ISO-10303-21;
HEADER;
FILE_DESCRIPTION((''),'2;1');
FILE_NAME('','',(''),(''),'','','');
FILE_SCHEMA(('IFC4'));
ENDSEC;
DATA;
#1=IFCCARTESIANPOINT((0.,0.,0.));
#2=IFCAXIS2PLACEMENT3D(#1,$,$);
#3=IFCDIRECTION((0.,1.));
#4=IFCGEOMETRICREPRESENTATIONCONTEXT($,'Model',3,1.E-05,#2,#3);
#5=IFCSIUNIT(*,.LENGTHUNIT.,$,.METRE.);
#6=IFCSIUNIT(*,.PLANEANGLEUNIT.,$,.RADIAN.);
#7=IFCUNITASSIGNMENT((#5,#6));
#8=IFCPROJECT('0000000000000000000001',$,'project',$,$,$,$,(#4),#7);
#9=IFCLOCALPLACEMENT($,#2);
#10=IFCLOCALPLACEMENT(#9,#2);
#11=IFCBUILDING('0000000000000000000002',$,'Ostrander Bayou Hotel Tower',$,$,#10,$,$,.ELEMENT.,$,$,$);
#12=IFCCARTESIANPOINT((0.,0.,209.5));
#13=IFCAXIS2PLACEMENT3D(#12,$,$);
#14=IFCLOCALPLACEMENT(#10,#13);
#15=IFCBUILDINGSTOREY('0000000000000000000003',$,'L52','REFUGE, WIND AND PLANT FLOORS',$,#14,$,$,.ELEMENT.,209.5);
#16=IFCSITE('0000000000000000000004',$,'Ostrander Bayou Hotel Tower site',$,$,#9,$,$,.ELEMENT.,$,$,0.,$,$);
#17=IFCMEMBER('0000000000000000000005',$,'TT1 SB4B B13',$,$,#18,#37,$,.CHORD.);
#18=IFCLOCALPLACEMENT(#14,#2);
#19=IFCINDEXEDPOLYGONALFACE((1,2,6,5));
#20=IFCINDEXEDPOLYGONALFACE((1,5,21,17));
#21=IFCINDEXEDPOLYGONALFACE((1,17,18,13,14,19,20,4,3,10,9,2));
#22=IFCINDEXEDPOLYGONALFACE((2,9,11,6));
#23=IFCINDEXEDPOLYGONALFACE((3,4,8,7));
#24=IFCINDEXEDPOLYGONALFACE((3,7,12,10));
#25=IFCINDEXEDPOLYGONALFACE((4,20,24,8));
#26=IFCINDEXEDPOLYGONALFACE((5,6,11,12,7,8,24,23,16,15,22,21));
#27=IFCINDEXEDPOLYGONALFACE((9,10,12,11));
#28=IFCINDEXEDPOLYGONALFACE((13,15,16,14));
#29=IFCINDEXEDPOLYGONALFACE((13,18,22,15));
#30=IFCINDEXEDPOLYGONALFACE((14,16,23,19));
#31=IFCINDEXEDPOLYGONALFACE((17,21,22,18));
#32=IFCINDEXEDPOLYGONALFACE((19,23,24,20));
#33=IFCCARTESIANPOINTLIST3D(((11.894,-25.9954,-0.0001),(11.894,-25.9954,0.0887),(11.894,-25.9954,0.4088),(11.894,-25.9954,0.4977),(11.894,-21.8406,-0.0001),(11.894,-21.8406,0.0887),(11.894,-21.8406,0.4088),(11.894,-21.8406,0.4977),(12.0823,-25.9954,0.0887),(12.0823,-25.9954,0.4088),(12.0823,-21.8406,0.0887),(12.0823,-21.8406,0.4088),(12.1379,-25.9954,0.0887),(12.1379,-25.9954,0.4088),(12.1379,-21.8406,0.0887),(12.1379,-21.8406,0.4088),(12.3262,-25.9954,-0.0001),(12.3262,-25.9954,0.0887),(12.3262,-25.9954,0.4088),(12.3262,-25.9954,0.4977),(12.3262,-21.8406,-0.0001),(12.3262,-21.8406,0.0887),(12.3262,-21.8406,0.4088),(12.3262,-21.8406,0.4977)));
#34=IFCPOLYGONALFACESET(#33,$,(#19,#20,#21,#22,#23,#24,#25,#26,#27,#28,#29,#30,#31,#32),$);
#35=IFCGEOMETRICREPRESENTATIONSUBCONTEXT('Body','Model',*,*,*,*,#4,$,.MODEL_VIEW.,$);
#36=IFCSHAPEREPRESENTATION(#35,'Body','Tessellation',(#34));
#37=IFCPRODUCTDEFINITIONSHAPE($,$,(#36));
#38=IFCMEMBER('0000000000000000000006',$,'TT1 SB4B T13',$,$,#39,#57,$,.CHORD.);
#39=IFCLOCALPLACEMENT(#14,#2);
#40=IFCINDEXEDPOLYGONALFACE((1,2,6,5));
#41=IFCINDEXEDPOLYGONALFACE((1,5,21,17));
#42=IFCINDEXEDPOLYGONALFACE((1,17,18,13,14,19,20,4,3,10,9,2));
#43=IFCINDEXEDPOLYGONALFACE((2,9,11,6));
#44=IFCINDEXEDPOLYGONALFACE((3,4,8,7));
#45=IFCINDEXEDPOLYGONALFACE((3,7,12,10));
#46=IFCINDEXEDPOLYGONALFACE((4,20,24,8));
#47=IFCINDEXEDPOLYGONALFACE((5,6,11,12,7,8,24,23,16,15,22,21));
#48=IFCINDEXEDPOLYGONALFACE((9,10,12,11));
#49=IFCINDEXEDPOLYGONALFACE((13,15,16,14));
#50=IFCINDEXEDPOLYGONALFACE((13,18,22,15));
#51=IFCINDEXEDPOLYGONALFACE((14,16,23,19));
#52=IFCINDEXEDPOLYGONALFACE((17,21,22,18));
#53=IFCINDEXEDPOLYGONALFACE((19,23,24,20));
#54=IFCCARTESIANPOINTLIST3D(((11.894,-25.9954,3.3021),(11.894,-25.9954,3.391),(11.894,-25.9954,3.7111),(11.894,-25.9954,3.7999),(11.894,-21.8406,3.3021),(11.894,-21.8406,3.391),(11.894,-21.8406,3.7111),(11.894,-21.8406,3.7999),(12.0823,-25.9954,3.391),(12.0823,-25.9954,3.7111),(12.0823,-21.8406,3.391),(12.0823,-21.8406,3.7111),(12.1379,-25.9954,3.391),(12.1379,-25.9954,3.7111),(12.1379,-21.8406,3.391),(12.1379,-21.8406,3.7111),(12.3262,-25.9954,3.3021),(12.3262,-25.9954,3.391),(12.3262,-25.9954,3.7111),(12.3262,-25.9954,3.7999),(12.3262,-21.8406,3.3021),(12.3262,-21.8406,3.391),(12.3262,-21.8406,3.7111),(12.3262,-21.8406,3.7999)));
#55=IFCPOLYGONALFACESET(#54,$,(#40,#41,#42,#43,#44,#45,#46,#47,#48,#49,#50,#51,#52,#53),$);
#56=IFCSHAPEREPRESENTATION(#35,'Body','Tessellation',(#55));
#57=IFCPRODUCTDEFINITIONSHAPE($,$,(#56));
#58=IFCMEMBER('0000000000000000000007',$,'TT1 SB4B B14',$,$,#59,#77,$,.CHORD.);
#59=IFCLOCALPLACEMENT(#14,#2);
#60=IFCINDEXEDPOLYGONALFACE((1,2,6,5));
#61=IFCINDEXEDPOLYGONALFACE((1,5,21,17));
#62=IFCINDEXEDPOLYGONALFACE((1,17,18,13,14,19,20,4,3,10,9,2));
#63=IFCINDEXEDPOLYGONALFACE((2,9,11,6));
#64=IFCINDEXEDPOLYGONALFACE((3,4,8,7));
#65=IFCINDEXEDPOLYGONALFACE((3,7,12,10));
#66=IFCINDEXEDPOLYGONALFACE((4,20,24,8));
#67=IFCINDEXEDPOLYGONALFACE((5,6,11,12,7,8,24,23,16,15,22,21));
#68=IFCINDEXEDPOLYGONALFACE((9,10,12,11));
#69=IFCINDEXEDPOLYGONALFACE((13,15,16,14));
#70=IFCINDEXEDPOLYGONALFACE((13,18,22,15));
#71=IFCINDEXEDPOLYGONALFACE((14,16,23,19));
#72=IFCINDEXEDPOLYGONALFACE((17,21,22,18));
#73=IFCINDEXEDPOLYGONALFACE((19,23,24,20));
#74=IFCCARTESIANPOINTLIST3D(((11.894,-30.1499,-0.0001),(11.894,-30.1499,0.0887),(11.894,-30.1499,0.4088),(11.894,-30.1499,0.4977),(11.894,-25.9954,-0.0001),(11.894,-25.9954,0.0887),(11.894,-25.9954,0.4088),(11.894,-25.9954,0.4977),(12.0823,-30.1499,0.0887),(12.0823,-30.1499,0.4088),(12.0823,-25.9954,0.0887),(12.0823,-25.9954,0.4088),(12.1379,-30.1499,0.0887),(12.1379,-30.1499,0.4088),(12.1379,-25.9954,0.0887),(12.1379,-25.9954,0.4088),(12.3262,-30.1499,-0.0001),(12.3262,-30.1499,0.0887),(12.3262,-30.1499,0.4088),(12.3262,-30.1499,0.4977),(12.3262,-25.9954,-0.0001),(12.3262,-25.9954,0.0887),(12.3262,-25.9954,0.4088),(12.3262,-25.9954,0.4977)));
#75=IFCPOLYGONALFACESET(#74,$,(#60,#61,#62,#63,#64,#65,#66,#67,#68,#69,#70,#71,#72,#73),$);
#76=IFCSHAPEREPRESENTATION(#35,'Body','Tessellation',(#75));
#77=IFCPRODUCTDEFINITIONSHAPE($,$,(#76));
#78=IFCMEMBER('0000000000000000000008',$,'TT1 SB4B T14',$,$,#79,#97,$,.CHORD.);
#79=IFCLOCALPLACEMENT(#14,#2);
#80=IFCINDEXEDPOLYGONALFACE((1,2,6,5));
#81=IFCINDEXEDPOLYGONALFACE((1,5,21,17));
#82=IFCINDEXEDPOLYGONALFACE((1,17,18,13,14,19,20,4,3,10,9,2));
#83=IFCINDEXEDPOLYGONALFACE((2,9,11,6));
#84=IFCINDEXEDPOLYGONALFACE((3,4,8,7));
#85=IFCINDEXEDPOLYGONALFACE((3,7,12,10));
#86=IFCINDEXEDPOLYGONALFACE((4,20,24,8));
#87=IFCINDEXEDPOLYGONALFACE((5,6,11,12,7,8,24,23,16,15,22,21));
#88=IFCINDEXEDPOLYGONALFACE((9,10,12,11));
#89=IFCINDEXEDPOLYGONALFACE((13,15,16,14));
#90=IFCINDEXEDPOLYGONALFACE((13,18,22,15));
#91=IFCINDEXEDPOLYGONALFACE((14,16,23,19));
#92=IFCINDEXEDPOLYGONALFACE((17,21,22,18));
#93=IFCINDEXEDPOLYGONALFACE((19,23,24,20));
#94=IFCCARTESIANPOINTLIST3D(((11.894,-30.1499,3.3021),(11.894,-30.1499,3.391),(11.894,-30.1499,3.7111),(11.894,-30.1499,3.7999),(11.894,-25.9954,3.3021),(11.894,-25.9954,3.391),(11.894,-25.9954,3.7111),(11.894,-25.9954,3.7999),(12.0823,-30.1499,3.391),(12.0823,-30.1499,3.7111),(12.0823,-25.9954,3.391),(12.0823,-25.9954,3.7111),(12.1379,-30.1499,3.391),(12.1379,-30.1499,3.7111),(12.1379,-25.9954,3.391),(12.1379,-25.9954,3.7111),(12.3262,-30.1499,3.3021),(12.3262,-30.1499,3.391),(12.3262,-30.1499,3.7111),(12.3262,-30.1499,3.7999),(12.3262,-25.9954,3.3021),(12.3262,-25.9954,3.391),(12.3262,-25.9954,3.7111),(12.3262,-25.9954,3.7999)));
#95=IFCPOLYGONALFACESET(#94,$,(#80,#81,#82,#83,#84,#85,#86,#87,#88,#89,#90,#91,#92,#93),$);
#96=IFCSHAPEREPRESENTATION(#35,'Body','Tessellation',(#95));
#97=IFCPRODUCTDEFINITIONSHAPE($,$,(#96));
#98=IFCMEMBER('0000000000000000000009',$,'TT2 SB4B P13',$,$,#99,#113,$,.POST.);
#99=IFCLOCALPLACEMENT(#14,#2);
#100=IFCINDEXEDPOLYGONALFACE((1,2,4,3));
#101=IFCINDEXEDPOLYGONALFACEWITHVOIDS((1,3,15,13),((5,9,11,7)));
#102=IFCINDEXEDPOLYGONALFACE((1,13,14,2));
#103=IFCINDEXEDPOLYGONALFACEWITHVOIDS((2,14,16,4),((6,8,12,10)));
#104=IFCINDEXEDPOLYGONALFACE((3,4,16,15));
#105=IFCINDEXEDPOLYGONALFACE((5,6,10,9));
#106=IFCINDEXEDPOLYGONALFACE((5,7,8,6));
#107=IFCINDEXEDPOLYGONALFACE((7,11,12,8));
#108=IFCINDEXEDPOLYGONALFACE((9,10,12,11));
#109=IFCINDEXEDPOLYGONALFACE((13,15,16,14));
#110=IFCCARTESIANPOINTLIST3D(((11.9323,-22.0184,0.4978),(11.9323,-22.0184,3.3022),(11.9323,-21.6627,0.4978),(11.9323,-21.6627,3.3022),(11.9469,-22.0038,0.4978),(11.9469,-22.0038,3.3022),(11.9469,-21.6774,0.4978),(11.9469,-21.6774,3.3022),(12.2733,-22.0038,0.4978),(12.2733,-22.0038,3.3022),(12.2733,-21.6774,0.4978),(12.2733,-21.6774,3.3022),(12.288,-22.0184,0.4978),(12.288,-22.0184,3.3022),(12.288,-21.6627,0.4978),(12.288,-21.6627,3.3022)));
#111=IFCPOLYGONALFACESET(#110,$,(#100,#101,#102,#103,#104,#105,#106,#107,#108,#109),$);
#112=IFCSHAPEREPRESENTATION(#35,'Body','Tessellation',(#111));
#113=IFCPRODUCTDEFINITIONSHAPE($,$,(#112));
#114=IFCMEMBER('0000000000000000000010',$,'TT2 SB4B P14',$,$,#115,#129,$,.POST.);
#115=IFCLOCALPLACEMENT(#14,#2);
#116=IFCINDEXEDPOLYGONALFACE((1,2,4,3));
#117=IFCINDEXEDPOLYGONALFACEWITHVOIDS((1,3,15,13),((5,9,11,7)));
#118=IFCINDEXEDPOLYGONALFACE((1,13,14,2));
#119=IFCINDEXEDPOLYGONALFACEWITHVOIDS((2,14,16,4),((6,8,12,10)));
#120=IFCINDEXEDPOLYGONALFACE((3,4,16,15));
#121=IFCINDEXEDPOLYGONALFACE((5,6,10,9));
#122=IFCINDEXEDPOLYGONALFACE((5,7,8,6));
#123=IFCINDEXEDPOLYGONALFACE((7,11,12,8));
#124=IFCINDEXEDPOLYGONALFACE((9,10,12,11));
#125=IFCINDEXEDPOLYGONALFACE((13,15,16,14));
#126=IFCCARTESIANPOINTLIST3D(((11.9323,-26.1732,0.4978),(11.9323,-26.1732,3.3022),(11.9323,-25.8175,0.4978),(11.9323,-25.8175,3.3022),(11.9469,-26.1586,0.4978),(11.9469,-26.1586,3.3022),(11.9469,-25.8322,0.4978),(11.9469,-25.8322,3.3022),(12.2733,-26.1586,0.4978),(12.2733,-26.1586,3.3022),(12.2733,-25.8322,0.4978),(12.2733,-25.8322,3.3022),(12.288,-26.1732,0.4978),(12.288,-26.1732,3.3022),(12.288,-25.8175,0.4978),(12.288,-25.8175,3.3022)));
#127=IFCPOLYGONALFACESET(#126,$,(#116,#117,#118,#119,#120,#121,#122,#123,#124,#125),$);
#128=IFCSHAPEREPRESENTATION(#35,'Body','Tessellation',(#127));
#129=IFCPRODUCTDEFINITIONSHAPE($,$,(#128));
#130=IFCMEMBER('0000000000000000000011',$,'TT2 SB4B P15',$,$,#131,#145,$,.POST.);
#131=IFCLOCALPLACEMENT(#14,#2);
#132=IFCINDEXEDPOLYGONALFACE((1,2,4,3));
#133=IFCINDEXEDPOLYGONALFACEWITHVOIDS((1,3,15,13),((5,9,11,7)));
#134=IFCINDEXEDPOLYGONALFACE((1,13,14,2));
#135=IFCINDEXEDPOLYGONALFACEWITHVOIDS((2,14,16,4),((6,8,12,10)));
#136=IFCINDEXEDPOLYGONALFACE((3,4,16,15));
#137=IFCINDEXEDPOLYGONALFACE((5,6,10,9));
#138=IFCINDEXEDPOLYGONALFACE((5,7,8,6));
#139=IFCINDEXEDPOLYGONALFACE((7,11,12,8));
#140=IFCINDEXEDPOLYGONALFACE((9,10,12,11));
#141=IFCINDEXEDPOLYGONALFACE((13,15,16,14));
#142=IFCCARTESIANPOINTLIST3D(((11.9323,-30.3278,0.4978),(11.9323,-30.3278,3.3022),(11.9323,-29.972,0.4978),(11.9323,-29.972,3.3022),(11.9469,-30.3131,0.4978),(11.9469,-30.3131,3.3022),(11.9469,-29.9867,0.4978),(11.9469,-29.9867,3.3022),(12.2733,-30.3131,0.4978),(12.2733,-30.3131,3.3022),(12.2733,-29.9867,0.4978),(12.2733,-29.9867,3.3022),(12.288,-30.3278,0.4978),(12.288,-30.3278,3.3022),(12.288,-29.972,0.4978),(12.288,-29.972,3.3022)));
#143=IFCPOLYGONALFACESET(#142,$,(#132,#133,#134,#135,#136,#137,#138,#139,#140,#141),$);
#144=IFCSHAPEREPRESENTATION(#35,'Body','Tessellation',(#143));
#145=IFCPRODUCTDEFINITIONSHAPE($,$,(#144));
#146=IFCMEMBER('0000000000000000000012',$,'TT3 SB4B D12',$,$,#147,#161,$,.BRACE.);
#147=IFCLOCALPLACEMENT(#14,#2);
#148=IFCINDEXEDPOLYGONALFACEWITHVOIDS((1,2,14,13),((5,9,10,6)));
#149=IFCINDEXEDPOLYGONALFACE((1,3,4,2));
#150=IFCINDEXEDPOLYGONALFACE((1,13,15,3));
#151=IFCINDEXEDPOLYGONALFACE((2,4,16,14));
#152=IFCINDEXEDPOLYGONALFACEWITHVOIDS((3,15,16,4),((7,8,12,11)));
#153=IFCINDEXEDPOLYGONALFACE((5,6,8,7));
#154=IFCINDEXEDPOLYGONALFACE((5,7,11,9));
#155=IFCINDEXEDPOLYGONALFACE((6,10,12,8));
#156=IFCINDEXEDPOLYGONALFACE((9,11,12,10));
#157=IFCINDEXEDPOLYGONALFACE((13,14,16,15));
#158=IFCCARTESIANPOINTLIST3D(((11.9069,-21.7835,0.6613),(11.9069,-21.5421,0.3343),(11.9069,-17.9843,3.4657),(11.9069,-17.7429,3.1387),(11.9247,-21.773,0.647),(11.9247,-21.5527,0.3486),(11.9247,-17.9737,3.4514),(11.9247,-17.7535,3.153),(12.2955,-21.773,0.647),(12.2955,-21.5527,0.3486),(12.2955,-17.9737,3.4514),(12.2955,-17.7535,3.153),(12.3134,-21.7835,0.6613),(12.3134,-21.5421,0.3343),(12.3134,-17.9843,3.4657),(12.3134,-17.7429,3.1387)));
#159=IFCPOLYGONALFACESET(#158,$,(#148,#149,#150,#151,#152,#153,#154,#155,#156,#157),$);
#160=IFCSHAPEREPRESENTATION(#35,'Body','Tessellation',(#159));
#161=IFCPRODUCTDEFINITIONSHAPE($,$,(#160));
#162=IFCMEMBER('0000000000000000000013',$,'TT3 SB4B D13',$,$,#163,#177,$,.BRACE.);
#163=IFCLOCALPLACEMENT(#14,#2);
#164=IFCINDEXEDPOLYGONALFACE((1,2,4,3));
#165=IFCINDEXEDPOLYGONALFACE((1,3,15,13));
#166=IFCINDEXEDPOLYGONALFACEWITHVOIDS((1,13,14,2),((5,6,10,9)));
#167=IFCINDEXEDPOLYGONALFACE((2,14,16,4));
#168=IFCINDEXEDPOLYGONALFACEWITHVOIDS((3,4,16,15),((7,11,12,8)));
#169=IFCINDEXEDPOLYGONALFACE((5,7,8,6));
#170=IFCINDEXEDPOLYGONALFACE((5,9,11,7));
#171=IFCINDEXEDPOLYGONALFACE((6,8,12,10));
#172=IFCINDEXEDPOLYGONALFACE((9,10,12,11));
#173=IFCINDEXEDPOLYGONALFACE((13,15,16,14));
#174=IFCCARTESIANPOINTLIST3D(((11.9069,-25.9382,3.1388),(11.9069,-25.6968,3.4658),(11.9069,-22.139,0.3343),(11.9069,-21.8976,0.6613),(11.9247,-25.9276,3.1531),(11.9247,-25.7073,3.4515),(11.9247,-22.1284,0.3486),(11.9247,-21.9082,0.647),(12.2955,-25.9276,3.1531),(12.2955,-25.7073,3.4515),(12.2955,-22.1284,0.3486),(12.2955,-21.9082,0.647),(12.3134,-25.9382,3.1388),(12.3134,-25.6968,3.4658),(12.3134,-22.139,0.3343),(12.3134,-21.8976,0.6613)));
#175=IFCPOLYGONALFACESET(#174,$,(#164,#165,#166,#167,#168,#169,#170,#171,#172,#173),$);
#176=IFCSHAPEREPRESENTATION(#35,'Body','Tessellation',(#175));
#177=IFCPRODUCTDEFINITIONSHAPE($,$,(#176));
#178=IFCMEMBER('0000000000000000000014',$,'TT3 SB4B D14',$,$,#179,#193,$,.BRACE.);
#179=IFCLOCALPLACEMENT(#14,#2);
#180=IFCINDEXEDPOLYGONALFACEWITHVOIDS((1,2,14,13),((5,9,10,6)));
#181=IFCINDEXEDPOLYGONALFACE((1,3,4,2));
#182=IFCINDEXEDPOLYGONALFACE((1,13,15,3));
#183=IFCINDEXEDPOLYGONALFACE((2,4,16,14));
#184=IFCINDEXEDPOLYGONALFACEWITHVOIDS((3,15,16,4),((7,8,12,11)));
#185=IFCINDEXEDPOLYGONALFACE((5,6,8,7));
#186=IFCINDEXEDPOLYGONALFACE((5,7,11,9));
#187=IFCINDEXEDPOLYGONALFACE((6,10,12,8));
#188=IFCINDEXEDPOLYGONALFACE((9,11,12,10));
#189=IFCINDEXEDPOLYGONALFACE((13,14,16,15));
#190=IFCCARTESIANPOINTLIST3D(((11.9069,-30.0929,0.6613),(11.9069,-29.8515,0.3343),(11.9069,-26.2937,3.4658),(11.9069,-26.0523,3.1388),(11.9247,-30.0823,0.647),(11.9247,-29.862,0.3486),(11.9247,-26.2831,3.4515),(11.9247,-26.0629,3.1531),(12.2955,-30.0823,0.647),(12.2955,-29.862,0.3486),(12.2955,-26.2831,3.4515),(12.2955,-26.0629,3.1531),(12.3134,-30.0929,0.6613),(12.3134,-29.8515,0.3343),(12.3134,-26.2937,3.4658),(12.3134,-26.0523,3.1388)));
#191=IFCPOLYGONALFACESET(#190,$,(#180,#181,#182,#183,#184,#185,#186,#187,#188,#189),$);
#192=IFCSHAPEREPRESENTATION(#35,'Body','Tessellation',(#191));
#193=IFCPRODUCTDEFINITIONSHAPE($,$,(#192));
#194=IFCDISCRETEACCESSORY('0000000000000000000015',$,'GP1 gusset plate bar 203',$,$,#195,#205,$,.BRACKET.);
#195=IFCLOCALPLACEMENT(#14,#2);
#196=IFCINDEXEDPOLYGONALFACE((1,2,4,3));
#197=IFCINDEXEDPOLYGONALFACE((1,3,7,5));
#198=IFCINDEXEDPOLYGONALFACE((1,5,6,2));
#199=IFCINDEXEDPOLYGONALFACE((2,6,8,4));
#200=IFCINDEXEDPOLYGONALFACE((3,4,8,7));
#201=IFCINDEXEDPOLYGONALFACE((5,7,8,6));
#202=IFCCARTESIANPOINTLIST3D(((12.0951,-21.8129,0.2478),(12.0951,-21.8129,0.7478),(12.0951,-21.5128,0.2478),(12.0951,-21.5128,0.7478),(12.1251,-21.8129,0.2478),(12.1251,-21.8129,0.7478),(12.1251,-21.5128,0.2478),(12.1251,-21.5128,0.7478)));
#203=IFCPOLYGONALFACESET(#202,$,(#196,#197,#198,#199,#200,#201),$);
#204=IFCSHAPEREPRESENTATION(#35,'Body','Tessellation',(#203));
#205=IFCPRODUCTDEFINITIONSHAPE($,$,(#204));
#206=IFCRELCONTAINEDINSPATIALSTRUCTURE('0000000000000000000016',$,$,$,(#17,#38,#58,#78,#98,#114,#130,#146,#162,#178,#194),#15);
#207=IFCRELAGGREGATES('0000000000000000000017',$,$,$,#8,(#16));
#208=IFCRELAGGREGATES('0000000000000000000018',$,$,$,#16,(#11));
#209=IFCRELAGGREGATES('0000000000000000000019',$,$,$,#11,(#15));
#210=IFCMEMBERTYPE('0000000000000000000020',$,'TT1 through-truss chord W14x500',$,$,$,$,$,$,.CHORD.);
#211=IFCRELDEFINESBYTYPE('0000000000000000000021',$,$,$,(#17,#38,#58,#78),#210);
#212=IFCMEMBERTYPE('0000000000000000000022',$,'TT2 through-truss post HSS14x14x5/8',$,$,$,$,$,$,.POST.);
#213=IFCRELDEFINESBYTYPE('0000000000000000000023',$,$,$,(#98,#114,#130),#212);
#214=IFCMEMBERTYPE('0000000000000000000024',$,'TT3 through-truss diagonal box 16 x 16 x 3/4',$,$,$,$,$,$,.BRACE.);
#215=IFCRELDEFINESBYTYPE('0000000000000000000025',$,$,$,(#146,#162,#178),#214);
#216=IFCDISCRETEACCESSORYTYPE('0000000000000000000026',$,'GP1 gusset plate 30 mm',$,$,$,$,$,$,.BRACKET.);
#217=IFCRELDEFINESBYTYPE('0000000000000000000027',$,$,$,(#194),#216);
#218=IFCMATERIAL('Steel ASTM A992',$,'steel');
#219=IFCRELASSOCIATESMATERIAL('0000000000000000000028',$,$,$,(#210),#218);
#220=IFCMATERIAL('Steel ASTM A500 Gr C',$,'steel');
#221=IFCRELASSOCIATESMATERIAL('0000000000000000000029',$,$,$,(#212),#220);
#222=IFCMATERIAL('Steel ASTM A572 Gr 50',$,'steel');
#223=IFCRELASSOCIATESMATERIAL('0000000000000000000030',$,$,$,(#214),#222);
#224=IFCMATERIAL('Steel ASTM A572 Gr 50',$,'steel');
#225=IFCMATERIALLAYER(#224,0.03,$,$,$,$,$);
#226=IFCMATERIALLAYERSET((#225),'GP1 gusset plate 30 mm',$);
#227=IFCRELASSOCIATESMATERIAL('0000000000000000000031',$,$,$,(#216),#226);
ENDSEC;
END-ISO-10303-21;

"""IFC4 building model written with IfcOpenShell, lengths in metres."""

from ifc_helpers import new_model, si_unit, direction, frame, origin, origin_2d, place, context, subcontext, project, spatial, rectangle, hollow_rectangle, i_section, extrude, material, layer, layer_set, material_profile, profile_set, type_object, element, save


model = new_model("IFC4")

# Units and contexts
model_context = context("Model", 3, precision=1e-05, world=origin(), true_north=direction((0.0, 1.0)))
body_context = subcontext(model_context, "Body", "Model", "MODEL_VIEW")
ifc_project = project(units=[si_unit("LENGTHUNIT", "METRE"), si_unit("PLANEANGLEUNIT", "RADIAN")], contexts=[model_context])

# Site, building, storey
site_placement = place(None, origin())
site = spatial("IfcSite", under=ifc_project, at=site_placement, Name="Ostrander Bayou Hotel Tower site", CompositionType="ELEMENT", RefElevation=0.0)
building_placement = place(site_placement, origin())
building = spatial("IfcBuilding", under=site, at=building_placement, Name="Ostrander Bayou Hotel Tower", CompositionType="ELEMENT")
storey_placement = place(building_placement, frame((0.0, 0.0, 209.5)))
storey = spatial("IfcBuildingStorey", under=building, at=storey_placement, Name="L52", Description="REFUGE, WIND AND PLANT FLOORS", CompositionType="ELEMENT", Elevation=209.5)

# Members
ifc_material_1 = material(Name="Steel ASTM A992", Category="steel")
ifc_material_profile_1 = material_profile(ifc_material_1, i_section(OverallWidth=0.4321, OverallDepth=0.4978, WebThickness=0.0557, FlangeThickness=0.0889, at=origin_2d()))
ifc_profile_set_1 = profile_set([ifc_material_profile_1], Name="Steel ASTM A992")
member_type_1 = type_object("IfcMemberType", Name="TT1 through-truss chord W14x500", PredefinedType="CHORD", material=ifc_profile_set_1)
for number, where, z_axis, x_axis, name in (
    (1, (12.1101, -21.8406, 0.2488), (0.0, -1.0, 0.0), (1.0, 0.0, 0.0), "TT1 SB4B B13"),
    (2, (12.1101, -21.8406, 3.551), (0.0, -1.0, 0.0), (1.0, 0.0, 0.0), "TT1 SB4B T13"),
):
    element("IfcMember", number, at=place(storey_placement, frame(where, z_axis=z_axis, x_axis=x_axis)), inside=storey, type_object=member_type_1, Name=name, PredefinedType="CHORD", context=body_context, shape_type="SweptSolid", body=[
        extrude(i_section(OverallWidth=0.4321, OverallDepth=0.4978, WebThickness=0.0557, FlangeThickness=0.0889, at=origin_2d()), origin(), (0.0, 0.0, 1.0), 4.1548),
    ])
for number, where, z_axis, x_axis, name in (
    (3, (12.1101, -25.9954, 0.2488), (0.0, -1.0, 0.0), (1.0, 0.0, 0.0), "TT1 SB4B B14"),
    (4, (12.1101, -25.9954, 3.551), (0.0, -1.0, 0.0), (1.0, 0.0, 0.0), "TT1 SB4B T14"),
):
    element("IfcMember", number, at=place(storey_placement, frame(where, z_axis=z_axis, x_axis=x_axis)), inside=storey, type_object=member_type_1, Name=name, PredefinedType="CHORD", context=body_context, shape_type="SweptSolid", body=[
        extrude(i_section(OverallWidth=0.4321, OverallDepth=0.4978, WebThickness=0.0557, FlangeThickness=0.0889, at=origin_2d()), origin(), (0.0, 0.0, 1.0), 4.1545),
    ])
ifc_material_2 = material(Name="Steel ASTM A500 Gr C", Category="steel")
ifc_material_profile_2 = material_profile(ifc_material_2, hollow_rectangle(XDim=0.3557, YDim=0.3557, WallThickness=0.0146, at=origin_2d()))
ifc_profile_set_2 = profile_set([ifc_material_profile_2], Name="Steel ASTM A500 Gr C")
member_type_2 = type_object("IfcMemberType", Name="TT2 through-truss post HSS14x14x5/8", PredefinedType="POST", material=ifc_profile_set_2)
for number, where, z_axis, x_axis, name in (
    (5, (12.1101, -21.8406, 0.4978), (0.0, 0.0, 1.0), (1.0, 0.0, 0.0), "TT2 SB4B P13"),
    (6, (12.1101, -25.9954, 0.4978), (0.0, 0.0, 1.0), (1.0, 0.0, 0.0), "TT2 SB4B P14"),
    (7, (12.1101, -30.1499, 0.4978), (0.0, 0.0, 1.0), (1.0, 0.0, 0.0), "TT2 SB4B P15"),
):
    element("IfcMember", number, at=place(storey_placement, frame(where, z_axis=z_axis, x_axis=x_axis)), inside=storey, type_object=member_type_2, Name=name, PredefinedType="POST", context=body_context, shape_type="SweptSolid", body=[
        extrude(hollow_rectangle(XDim=0.3557, YDim=0.3557, WallThickness=0.0146, at=origin_2d()), origin(), (0.0, 0.0, 1.0), 2.8044),
    ])
ifc_material_3 = material(Name="Steel ASTM A572 Gr 50", Category="steel")
ifc_material_profile_3 = material_profile(ifc_material_3, hollow_rectangle(XDim=0.4065, YDim=0.4065, WallThickness=0.0178, at=origin_2d()))
ifc_profile_set_3 = profile_set([ifc_material_profile_3], Name="Steel ASTM A572 Gr 50")
member_type_3 = type_object("IfcMemberType", Name="TT3 through-truss diagonal box 16 x 16 x 3/4", PredefinedType="BRACE", material=ifc_profile_set_3)
for number, where, z_axis, x_axis, name in (
    (8, (12.1101, -21.6628, 0.4978), (0.0, 0.804555, 0.593878), (-1.0, 0.0, 0.0), "TT3 SB4B D12"),
    (9, (12.1101, -22.0183, 0.4978), (0.0, -0.804537, 0.593902), (1.0, 0.0, 0.0), "TT3 SB4B D13"),
    (10, (12.1101, -29.9722, 0.4978), (0.0, 0.804537, 0.593902), (-1.0, 0.0, 0.0), "TT3 SB4B D14"),
):
    element("IfcMember", number, at=place(storey_placement, frame(where, z_axis=z_axis, x_axis=x_axis)), inside=storey, type_object=member_type_3, Name=name, PredefinedType="BRACE", context=body_context, shape_type="SweptSolid", body=[
        extrude(hollow_rectangle(XDim=0.4065, YDim=0.4065, WallThickness=0.0178, at=origin_2d()), origin(), (0.0, 0.0, 1.0), 4.7222),
    ])

# Discrete accessory
ifc_material_4 = material(Name="Steel ASTM A572 Gr 50", Category="steel")
ifc_layer = layer(ifc_material_4, 0.03)
ifc_layer_set = layer_set([ifc_layer], Name="GP1 gusset plate 30 mm")
discrete_accessory_type = type_object("IfcDiscreteAccessoryType", Name="GP1 gusset plate 30 mm", PredefinedType="BRACKET", material=ifc_layer_set)
for number, where, z_axis, x_axis, name in (
    (11, (12.1101, -21.6628, 0.2478), (0.0, 0.0, 1.0), (0.0, 1.0, 0.0), "GP1 gusset plate bar 203"),
):
    element("IfcDiscreteAccessory", number, at=place(storey_placement, frame(where, z_axis=z_axis, x_axis=x_axis)), inside=storey, type_object=discrete_accessory_type, Name=name, PredefinedType="BRACKET", context=body_context, shape_type="SweptSolid", body=[
        extrude(rectangle(XDim=0.3, YDim=0.03, at=origin_2d()), origin(), (0.0, 0.0, 1.0), 0.5),
    ])

save(model, "model.ifc")
